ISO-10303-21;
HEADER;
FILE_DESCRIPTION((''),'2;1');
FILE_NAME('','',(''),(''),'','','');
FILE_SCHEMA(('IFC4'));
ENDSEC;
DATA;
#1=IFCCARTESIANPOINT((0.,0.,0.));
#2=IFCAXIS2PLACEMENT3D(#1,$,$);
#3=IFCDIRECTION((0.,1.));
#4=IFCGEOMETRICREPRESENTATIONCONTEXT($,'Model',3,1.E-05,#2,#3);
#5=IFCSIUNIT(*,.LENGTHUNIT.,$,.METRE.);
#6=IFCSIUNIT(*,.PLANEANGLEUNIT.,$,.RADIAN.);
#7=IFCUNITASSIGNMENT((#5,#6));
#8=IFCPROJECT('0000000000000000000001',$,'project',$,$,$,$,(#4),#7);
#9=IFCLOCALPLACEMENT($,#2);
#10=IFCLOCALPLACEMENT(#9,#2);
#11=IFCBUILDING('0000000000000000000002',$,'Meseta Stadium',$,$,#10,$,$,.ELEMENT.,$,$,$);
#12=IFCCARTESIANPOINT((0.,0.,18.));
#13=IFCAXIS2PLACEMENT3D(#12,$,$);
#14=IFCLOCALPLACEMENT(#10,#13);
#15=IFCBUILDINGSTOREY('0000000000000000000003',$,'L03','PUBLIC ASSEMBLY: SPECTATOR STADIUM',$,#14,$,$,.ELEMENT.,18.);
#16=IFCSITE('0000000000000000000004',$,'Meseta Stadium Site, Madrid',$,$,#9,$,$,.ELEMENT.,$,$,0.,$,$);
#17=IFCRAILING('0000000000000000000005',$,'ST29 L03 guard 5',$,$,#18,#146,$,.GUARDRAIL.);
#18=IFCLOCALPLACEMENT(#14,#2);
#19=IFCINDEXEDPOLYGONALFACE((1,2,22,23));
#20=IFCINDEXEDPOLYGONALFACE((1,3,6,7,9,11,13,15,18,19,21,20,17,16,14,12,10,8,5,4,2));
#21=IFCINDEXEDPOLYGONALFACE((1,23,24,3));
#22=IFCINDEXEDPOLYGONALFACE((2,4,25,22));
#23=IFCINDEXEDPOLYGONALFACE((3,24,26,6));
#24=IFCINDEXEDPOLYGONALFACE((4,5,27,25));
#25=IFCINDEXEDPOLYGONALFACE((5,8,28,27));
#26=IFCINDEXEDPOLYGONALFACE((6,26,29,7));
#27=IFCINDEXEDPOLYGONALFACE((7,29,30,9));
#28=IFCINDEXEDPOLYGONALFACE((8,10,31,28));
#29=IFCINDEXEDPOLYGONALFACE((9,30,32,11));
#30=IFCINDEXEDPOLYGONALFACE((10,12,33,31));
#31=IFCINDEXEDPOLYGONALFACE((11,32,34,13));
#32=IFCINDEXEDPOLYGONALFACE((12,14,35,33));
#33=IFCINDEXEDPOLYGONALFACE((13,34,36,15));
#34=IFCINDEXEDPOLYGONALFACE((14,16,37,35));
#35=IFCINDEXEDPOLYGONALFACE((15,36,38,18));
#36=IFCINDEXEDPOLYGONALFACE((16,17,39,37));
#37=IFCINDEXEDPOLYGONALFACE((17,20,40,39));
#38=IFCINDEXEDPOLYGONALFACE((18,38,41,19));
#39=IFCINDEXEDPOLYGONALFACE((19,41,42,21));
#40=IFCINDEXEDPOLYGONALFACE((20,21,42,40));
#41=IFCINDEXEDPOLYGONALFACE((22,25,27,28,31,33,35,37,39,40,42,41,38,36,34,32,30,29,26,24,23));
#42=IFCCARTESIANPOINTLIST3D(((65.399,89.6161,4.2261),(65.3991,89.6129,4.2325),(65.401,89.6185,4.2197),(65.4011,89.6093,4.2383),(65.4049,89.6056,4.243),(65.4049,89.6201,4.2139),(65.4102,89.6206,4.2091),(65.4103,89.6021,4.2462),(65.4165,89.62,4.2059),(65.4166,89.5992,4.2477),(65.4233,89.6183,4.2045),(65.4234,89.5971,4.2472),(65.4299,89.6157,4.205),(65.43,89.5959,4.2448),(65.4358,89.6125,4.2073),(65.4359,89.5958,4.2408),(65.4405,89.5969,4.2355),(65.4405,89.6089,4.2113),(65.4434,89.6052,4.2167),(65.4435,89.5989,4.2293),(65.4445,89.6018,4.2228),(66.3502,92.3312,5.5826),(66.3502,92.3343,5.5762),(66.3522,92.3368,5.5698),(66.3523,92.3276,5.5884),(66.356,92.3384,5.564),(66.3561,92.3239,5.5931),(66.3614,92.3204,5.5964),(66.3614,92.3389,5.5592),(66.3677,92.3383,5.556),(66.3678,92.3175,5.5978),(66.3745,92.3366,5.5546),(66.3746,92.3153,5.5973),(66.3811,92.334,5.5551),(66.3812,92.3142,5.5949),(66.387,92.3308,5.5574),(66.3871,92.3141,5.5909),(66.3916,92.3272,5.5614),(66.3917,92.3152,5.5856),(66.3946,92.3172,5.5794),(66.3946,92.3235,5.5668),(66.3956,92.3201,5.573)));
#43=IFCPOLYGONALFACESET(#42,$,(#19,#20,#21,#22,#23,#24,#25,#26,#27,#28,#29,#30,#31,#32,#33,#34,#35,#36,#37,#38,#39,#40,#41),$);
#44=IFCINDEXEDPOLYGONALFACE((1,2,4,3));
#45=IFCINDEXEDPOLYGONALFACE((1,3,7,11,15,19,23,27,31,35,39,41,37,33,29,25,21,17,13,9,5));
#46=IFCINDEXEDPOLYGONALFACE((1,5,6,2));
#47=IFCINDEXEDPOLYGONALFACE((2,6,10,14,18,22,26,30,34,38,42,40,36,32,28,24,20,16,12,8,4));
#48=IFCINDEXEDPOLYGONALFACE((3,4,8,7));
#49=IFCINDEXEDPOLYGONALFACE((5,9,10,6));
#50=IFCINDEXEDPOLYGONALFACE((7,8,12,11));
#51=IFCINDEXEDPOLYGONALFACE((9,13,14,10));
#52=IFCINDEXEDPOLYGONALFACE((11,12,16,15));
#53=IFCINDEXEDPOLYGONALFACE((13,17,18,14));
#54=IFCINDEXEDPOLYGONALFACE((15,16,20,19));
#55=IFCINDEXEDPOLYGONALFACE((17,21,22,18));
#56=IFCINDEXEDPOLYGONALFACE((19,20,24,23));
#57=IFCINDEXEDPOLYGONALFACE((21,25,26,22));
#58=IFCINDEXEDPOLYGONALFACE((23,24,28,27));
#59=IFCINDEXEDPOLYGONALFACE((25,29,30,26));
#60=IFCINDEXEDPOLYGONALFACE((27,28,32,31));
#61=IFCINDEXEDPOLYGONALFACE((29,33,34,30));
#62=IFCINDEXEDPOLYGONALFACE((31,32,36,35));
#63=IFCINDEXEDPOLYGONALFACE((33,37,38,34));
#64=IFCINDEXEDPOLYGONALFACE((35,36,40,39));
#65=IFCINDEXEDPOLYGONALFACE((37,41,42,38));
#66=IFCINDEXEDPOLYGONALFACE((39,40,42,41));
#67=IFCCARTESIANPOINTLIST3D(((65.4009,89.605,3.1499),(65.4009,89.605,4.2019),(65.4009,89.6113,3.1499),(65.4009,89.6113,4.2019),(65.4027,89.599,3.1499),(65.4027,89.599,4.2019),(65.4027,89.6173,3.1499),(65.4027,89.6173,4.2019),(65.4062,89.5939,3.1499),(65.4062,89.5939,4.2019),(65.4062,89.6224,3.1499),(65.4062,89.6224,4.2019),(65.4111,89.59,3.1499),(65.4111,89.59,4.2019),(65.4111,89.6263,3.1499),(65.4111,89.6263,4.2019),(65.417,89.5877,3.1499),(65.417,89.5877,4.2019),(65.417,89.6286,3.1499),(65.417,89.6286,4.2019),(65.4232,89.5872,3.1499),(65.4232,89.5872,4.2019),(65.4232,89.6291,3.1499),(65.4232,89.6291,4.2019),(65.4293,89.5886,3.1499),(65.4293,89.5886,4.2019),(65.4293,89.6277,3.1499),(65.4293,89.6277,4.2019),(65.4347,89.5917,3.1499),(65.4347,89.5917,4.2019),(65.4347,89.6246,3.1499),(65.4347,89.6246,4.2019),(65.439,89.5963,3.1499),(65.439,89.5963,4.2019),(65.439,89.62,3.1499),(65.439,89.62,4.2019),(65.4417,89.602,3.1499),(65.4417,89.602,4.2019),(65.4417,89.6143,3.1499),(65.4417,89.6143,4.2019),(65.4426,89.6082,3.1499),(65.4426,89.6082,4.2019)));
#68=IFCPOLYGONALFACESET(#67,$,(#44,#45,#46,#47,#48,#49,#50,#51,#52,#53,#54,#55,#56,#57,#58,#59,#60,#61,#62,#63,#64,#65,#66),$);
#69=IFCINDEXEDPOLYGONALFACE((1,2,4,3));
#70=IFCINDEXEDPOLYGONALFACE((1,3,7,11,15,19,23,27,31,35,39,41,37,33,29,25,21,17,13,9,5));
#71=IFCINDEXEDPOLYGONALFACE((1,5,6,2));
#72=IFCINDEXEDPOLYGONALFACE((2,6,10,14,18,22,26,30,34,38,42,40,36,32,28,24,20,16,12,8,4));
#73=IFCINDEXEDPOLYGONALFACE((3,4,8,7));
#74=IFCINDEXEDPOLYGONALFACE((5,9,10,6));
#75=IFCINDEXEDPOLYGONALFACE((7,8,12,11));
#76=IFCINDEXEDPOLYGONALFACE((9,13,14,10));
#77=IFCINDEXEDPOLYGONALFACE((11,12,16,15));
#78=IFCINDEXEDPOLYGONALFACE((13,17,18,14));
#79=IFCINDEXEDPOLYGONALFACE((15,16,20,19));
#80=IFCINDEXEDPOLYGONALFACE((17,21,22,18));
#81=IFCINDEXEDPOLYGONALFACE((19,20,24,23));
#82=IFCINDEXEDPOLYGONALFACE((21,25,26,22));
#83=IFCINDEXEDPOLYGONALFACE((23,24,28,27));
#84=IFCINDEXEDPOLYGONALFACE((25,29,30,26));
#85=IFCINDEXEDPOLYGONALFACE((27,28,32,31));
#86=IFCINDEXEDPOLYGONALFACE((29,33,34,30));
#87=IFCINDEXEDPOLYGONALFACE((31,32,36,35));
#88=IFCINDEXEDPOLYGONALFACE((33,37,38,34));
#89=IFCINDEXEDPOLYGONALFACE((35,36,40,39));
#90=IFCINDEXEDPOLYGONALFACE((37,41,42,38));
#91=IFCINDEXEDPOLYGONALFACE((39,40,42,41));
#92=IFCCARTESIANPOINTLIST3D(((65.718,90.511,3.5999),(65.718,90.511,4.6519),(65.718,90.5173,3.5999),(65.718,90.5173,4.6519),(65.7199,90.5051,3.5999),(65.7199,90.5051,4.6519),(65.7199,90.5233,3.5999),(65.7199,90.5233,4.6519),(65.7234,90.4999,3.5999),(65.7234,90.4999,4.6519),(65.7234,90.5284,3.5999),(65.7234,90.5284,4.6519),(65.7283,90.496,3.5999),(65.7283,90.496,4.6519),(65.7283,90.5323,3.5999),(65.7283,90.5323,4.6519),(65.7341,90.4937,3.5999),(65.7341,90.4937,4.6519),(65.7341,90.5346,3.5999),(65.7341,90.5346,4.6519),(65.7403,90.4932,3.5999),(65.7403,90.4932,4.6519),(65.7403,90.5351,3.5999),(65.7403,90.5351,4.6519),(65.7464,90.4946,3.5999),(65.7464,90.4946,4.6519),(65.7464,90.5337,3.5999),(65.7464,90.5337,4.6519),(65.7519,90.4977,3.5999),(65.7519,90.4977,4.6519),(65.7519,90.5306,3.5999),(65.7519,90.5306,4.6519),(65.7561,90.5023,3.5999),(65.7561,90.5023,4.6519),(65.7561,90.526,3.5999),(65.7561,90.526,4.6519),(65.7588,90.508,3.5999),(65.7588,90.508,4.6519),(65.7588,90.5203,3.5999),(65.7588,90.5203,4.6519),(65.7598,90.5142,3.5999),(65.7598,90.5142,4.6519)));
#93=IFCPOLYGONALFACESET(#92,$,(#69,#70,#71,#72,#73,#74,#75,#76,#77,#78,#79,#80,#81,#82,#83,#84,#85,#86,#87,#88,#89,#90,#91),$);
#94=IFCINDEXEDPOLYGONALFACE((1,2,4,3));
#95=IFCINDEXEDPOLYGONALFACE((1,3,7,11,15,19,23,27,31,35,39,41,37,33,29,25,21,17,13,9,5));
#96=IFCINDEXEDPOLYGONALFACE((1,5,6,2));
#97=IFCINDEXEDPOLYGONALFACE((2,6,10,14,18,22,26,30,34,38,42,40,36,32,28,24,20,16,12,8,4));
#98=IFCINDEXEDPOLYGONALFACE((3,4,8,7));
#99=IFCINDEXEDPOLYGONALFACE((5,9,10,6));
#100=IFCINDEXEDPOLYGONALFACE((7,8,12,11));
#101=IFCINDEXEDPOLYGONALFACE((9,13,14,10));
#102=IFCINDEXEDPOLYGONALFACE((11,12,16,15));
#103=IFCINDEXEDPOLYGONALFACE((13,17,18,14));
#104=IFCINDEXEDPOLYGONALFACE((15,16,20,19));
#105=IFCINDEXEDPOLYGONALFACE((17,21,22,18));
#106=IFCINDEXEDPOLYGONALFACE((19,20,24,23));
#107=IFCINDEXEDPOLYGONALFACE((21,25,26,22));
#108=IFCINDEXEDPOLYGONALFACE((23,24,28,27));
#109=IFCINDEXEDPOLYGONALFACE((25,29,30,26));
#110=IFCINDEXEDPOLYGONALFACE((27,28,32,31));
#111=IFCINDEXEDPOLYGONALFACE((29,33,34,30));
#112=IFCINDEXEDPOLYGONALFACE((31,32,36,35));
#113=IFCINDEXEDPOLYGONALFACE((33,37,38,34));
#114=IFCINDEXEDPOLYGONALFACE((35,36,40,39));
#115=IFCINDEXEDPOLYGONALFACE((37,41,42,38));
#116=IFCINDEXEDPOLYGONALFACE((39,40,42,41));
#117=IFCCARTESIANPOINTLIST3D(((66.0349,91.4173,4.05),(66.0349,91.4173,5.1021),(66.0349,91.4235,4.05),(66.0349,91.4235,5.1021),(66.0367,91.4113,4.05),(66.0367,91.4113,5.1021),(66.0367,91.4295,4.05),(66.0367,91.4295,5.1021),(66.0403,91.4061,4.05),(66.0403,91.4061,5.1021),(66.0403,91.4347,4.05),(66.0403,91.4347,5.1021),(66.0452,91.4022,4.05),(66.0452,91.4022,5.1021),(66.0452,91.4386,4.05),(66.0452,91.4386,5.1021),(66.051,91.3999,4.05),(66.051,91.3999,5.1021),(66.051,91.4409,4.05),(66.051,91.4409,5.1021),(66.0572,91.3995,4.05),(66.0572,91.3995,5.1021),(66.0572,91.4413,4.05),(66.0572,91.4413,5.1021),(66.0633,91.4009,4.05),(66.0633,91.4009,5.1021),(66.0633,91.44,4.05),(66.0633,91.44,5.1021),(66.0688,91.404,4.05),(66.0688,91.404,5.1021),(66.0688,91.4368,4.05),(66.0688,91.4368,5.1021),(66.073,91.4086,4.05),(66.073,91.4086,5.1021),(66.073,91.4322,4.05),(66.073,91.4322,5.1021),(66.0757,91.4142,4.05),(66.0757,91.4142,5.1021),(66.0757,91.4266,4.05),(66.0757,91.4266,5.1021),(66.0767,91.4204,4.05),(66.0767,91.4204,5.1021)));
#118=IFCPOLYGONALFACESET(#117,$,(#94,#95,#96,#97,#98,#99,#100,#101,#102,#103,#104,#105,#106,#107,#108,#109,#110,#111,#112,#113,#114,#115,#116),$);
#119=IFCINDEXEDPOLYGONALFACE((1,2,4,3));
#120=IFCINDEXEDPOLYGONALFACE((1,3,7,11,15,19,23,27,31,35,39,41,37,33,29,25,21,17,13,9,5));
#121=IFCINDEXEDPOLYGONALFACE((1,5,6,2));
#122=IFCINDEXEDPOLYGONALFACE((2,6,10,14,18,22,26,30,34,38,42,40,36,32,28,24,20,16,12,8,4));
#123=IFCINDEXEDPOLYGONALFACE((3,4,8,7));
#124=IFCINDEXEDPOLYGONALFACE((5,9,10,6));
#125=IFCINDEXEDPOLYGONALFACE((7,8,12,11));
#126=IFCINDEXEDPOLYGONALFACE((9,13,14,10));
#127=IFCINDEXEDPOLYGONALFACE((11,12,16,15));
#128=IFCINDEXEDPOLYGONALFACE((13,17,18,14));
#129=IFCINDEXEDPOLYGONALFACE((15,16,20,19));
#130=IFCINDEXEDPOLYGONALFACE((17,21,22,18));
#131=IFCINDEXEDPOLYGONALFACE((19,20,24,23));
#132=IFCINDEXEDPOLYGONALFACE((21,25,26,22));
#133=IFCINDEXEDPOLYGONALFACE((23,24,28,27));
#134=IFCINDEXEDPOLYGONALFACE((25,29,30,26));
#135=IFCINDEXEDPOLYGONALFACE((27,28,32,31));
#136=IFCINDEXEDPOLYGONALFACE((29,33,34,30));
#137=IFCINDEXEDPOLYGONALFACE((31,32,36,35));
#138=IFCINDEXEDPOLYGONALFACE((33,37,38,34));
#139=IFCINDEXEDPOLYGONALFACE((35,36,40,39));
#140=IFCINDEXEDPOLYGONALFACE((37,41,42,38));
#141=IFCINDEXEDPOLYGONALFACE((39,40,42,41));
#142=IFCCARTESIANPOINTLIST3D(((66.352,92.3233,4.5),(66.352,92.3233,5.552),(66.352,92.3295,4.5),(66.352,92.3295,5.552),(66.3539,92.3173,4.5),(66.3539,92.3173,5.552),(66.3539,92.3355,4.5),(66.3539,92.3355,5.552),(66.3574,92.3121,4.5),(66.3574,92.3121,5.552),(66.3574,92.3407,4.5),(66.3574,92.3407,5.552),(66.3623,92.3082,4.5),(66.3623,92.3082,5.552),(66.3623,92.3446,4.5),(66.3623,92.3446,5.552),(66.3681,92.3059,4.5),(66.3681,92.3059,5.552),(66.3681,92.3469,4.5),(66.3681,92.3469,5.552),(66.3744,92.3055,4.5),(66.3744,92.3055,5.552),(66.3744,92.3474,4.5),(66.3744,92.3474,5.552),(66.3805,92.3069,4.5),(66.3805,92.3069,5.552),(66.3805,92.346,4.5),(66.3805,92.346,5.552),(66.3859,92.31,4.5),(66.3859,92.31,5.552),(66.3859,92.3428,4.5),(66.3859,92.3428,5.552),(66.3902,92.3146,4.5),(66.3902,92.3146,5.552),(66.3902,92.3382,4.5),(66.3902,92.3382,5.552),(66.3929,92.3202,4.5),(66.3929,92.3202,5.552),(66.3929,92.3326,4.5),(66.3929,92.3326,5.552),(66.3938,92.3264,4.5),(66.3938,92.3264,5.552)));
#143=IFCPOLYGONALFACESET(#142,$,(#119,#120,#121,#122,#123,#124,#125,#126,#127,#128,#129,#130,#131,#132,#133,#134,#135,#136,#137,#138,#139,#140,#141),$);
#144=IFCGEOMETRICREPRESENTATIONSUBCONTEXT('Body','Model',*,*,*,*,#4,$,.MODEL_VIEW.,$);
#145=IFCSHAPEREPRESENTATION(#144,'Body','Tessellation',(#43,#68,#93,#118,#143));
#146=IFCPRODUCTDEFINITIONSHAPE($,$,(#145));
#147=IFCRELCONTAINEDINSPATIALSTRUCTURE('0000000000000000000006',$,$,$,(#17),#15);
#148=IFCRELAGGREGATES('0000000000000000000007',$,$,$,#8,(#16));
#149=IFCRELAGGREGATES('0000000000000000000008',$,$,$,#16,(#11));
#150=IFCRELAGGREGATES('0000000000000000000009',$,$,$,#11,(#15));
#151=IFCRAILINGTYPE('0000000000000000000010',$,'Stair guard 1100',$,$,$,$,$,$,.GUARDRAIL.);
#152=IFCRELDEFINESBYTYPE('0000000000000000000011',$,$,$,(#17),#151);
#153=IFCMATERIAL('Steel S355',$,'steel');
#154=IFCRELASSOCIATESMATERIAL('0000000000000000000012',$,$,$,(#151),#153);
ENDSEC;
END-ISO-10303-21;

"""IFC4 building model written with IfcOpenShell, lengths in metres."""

from ifc_helpers import new_model, si_unit, direction, frame, origin, origin_2d, place, context, subcontext, project, spatial, circle, extrude, material, type_object, element, save


model = new_model("IFC4")

# Units and contexts
model_context = context("Model", 3, precision=1e-05, world=origin(), true_north=direction((0.0, 1.0)))
body_context = subcontext(model_context, "Body", "Model", "MODEL_VIEW")
ifc_project = project(units=[si_unit("LENGTHUNIT", "METRE"), si_unit("PLANEANGLEUNIT", "RADIAN")], contexts=[model_context])

# Site, building, storey
site_placement = place(None, origin())
site = spatial("IfcSite", under=ifc_project, at=site_placement, Name="Meseta Stadium Site, Madrid", CompositionType="ELEMENT", RefElevation=0.0)
building_placement = place(site_placement, origin())
building = spatial("IfcBuilding", under=site, at=building_placement, Name="Meseta Stadium", CompositionType="ELEMENT")
storey_placement = place(building_placement, frame((0.0, 0.0, 18.0)))
storey = spatial("IfcBuildingStorey", under=building, at=storey_placement, Name="L03", Description="PUBLIC ASSEMBLY: SPECTATOR STADIUM", CompositionType="ELEMENT", Elevation=18.0)

# Railing
ifc_material_1 = material(Name="Steel S355", Category="steel")
railing_type_1 = type_object("IfcRailingType", Name="Stair guard 1100", PredefinedType="GUARDRAIL", material=ifc_material_1)
railing_1_placement = place(storey_placement, frame((65.4216, 89.6082, 3.1499)))
element("IfcRailing", 1, at=railing_1_placement, inside=storey, type_object=railing_type_1, Name="ST29 L03 guard 5", PredefinedType="GUARDRAIL", context=body_context, shape_type="SweptSolid", body=[
    extrude(circle(Radius=0.0239, at=origin_2d()), frame((0.0, 0.0, 1.0762), z_axis=(0.299051, 0.854629, 0.424474), x_axis=(-0.943882, 0.330282, 0.0)), (0.0, 0.0, 1.0), 3.1807),
    extrude(circle(Radius=0.021, at=origin_2d()), origin(), (0.0, 0.0, 1.0), 1.052),
    extrude(circle(Radius=0.021, at=origin_2d()), frame((0.3171, 0.906, 0.45)), (0.0, 0.0, 1.0), 1.052),
    extrude(circle(Radius=0.021, at=origin_2d()), frame((0.634, 1.8123, 0.9001)), (0.0, 0.0, 1.0), 1.052),
    extrude(circle(Radius=0.021, at=origin_2d()), frame((0.9512, 2.7183, 1.3501)), (0.0, 0.0, 1.0), 1.052),
])

save(model, "model.ifc")
